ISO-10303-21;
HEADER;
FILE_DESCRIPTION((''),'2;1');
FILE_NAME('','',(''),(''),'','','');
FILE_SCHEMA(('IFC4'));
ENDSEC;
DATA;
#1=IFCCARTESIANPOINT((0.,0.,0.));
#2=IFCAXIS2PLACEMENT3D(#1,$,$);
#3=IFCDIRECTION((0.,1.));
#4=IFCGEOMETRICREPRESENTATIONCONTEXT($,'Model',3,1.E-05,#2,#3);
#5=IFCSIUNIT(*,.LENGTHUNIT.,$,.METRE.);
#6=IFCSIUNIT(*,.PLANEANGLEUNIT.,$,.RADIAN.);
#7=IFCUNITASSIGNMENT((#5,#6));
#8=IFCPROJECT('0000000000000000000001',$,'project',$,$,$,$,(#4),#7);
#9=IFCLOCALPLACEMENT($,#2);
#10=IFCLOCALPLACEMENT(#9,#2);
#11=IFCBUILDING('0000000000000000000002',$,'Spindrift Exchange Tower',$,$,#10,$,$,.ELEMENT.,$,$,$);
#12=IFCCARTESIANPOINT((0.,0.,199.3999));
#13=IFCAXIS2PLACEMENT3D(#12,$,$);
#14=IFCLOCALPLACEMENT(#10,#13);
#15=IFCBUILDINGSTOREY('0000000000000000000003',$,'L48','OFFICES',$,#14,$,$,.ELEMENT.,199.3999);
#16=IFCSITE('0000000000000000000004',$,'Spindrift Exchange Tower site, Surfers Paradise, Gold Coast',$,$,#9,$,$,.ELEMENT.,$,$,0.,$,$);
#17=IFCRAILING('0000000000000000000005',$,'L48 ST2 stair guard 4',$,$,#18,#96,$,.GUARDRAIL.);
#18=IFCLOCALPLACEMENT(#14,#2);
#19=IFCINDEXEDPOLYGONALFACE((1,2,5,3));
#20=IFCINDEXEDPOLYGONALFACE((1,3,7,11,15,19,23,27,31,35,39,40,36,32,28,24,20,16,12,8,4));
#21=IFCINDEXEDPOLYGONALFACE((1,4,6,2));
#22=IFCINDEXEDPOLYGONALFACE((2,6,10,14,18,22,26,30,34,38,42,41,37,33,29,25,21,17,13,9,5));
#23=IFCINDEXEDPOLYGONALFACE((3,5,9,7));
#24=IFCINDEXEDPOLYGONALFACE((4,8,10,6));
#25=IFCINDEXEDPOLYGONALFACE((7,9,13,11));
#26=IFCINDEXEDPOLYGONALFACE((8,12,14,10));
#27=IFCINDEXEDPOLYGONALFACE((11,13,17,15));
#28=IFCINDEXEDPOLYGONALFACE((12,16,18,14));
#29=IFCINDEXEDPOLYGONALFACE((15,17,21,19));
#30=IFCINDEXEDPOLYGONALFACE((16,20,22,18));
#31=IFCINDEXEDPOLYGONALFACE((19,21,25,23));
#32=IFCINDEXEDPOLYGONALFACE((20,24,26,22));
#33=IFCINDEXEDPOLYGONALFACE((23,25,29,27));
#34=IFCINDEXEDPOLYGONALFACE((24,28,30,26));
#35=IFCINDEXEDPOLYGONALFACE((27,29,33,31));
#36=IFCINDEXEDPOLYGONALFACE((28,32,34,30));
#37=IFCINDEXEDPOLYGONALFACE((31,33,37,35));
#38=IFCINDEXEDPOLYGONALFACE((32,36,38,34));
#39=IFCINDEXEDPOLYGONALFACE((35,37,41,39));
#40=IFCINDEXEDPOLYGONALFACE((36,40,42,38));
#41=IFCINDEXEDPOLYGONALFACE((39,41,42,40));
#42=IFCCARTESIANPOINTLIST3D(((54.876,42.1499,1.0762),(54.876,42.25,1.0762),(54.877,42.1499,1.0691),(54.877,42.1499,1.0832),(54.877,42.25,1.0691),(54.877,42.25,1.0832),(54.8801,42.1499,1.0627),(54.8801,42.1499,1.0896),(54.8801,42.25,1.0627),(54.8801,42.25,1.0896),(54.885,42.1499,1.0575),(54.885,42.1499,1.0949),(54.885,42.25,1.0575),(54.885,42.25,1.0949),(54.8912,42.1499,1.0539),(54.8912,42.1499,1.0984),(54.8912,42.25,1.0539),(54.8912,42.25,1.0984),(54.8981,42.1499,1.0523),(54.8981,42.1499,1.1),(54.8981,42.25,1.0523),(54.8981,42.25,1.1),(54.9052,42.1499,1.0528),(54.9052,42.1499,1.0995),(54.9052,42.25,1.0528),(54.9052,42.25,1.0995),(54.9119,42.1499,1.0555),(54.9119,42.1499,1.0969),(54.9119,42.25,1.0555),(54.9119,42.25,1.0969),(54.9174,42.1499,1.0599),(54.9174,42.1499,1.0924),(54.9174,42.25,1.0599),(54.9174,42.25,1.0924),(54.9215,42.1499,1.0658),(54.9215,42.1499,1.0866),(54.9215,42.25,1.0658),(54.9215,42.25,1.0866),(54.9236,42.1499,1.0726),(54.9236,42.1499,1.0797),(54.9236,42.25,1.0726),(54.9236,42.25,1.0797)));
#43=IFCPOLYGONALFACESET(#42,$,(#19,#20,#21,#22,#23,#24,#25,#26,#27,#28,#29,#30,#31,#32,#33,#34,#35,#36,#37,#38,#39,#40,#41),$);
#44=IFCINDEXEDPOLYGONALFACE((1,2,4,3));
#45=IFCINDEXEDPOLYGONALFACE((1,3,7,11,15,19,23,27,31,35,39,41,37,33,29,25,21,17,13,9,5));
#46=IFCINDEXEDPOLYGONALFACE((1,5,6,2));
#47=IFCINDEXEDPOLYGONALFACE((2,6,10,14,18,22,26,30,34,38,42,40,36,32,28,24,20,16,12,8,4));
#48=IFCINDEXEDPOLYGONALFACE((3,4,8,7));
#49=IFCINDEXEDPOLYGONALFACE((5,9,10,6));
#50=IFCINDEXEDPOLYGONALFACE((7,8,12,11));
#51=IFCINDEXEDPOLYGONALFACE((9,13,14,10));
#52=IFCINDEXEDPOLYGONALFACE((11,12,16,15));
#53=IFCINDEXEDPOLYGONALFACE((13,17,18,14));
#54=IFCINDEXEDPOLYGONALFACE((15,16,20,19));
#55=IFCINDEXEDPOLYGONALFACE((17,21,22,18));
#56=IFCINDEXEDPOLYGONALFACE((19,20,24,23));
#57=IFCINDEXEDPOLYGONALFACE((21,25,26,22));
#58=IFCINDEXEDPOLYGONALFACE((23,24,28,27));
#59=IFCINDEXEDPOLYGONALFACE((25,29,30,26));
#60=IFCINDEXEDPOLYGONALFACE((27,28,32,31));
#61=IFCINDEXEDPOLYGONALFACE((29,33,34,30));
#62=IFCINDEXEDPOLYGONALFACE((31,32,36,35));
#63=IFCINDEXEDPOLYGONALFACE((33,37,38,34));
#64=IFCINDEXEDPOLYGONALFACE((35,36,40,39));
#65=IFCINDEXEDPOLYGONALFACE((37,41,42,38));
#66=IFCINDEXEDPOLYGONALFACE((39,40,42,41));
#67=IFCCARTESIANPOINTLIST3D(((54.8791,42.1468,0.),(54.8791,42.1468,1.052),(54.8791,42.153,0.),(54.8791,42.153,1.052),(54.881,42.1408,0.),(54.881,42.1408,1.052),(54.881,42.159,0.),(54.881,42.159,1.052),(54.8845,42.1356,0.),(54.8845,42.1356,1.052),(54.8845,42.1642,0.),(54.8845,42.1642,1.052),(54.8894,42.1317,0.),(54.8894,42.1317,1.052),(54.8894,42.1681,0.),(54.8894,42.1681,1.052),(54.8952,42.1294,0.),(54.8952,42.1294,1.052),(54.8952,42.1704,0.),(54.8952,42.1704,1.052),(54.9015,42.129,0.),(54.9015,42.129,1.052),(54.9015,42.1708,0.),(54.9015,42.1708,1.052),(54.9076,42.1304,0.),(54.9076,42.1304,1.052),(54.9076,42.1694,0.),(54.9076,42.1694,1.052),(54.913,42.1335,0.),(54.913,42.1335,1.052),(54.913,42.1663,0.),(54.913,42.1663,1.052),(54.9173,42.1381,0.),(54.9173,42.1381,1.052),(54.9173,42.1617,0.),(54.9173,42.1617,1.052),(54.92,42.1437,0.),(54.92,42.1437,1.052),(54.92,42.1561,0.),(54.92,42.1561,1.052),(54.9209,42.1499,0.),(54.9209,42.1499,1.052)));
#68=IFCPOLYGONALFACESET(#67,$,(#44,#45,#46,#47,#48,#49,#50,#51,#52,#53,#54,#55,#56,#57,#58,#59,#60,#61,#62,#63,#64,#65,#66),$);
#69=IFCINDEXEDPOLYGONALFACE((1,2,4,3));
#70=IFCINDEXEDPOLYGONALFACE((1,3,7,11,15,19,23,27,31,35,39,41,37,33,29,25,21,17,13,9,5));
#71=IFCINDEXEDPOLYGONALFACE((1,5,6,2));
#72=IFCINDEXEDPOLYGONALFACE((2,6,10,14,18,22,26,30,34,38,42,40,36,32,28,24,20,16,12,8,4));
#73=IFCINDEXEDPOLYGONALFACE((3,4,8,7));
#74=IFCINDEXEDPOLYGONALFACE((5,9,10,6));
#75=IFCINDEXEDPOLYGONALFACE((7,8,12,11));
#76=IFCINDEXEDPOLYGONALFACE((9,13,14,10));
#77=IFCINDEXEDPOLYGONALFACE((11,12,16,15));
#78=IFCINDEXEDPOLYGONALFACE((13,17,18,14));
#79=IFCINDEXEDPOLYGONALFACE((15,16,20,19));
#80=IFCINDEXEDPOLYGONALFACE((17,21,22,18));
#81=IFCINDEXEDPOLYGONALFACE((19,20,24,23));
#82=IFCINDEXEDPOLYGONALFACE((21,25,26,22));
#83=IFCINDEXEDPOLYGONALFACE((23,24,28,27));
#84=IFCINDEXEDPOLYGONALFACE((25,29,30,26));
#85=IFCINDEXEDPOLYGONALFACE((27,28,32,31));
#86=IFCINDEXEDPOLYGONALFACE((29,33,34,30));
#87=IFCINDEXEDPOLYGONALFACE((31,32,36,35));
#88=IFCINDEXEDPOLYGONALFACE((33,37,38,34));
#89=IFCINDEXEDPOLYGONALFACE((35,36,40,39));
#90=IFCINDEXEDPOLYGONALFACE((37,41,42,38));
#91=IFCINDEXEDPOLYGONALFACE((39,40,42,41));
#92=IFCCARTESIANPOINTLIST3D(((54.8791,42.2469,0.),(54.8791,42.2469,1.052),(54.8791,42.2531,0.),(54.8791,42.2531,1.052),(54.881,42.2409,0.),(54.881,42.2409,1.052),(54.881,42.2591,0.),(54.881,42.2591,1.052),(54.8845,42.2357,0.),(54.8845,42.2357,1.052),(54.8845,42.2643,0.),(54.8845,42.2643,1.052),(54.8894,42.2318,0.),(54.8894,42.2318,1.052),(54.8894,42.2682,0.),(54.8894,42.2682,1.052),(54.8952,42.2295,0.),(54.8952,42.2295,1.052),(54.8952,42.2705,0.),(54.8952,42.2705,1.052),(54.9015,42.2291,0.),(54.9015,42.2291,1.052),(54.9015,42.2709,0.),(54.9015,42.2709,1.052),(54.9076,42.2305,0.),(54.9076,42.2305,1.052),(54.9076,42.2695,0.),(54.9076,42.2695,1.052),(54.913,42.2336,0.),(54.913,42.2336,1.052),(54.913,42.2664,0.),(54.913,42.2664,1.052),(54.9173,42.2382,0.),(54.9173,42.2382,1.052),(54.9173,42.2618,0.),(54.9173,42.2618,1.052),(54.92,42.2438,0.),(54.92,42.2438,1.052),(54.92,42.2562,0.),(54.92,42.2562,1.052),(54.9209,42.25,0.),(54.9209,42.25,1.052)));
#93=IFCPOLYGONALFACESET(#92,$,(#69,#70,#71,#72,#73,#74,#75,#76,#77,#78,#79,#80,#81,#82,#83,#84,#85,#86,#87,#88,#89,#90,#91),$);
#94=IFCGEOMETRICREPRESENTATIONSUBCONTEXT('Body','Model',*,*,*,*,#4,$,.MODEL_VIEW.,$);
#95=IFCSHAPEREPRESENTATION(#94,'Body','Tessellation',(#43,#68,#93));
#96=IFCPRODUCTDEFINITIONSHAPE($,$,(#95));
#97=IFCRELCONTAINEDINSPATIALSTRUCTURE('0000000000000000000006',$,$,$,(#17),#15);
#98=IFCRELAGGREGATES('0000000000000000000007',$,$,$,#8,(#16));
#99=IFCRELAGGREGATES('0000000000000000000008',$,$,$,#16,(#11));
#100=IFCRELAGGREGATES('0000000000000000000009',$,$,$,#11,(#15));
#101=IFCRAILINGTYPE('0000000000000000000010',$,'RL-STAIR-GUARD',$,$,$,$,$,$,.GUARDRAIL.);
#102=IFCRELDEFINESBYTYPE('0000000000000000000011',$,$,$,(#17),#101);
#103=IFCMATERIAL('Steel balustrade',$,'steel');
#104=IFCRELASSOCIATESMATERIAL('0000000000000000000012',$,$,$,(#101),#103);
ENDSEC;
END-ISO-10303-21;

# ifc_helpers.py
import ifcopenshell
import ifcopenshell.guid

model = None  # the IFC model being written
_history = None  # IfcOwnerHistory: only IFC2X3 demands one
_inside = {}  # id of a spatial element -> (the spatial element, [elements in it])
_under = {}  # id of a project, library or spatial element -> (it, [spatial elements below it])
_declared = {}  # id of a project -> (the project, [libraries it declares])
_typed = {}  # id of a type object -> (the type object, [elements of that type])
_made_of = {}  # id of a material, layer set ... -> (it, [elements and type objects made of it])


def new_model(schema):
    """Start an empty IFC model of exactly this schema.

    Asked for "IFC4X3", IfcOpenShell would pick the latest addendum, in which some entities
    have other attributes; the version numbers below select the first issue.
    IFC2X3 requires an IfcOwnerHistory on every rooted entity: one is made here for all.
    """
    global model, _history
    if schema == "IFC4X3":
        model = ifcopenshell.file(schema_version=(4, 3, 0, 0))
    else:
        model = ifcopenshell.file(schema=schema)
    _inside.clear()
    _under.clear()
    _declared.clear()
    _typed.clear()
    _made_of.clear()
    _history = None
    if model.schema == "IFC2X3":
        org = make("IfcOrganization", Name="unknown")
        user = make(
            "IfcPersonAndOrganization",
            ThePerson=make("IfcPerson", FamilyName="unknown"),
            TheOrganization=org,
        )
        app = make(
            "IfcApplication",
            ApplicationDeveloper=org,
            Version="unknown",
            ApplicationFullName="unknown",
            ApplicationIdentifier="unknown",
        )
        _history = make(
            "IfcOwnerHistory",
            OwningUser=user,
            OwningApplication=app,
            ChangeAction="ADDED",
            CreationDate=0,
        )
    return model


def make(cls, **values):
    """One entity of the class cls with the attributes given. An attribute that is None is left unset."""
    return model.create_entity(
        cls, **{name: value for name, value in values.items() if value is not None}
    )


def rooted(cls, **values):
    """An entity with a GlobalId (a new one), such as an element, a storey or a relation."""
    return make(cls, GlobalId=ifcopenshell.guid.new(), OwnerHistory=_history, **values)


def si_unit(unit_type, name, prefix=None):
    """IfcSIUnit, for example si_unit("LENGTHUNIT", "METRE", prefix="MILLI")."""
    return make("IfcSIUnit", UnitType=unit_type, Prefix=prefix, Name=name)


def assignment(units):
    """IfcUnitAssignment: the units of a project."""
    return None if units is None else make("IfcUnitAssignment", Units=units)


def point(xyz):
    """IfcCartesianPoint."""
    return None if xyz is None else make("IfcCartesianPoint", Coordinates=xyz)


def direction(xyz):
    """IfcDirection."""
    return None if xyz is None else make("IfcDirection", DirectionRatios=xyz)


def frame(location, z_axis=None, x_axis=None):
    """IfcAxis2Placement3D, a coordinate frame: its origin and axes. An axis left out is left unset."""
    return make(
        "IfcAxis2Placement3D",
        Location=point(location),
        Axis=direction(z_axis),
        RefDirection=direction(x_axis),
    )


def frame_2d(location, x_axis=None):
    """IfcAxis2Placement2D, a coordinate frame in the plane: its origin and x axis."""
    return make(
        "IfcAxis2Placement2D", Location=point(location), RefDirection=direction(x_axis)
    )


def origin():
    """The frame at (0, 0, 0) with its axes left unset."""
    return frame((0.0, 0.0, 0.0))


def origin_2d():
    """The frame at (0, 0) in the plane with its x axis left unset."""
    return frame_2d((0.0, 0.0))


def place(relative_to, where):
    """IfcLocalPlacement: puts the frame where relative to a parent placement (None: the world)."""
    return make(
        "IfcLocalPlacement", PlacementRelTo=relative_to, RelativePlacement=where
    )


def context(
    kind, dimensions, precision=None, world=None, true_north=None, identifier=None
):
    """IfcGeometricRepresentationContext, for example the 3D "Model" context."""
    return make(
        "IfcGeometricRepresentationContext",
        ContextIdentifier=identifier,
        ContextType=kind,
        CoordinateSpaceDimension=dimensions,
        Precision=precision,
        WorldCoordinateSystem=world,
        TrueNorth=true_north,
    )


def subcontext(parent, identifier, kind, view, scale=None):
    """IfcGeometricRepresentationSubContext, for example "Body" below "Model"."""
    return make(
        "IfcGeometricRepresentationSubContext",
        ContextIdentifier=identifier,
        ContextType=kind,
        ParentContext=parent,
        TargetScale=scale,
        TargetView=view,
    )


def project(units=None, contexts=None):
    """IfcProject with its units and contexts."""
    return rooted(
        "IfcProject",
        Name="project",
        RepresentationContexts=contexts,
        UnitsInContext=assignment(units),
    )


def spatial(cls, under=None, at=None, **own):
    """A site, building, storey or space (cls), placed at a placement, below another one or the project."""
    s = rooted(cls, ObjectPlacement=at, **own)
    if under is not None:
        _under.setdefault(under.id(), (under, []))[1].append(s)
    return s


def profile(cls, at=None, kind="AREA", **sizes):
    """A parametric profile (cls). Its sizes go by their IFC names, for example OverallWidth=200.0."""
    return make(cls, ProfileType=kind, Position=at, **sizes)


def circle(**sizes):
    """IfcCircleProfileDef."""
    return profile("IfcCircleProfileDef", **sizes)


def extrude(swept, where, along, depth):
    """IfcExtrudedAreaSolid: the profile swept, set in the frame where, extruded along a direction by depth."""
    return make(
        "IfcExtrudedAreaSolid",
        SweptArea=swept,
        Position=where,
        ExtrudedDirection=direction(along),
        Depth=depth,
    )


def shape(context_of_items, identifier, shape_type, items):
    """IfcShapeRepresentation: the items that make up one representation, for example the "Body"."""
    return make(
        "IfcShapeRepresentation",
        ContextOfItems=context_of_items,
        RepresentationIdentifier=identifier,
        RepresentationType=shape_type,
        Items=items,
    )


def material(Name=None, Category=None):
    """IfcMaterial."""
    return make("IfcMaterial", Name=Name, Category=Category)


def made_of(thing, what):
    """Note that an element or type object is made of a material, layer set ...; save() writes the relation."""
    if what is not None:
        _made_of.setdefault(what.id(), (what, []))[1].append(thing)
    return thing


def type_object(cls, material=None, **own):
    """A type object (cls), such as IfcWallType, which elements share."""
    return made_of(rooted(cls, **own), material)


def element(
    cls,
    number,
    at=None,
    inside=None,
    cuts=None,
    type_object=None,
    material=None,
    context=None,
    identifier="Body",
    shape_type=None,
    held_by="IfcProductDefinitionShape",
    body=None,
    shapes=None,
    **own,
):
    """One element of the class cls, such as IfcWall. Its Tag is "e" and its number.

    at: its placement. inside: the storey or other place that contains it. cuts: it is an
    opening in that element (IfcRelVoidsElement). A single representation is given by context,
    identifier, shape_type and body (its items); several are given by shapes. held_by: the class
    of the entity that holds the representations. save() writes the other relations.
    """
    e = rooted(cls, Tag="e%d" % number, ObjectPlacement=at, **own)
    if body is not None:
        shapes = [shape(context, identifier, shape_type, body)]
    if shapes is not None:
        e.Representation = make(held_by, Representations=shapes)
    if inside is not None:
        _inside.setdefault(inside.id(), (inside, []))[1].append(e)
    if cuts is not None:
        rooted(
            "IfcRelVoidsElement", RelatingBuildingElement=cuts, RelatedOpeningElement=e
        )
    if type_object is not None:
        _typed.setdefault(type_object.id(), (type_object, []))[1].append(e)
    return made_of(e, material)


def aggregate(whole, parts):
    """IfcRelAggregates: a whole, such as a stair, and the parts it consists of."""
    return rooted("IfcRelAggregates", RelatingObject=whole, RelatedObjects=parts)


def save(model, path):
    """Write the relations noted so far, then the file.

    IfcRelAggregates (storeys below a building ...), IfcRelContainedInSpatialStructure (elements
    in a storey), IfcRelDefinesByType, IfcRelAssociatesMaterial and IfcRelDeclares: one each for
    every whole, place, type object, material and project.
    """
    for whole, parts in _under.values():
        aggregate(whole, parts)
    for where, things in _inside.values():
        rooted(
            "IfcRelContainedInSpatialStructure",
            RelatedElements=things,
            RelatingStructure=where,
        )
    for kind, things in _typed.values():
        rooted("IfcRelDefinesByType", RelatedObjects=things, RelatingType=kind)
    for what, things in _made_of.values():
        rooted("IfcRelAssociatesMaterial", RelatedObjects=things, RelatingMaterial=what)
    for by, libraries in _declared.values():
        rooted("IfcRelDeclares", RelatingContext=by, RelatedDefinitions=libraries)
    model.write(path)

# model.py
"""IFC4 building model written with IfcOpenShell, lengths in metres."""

from ifc_helpers import new_model, si_unit, direction, frame, origin, origin_2d, place, context, subcontext, project, spatial, circle, extrude, material, type_object, element, save


model = new_model("IFC4")

# Units and contexts
model_context = context("Model", 3, precision=1e-05, world=origin(), true_north=direction((0.0, 1.0)))
body_context = subcontext(model_context, "Body", "Model", "MODEL_VIEW")
ifc_project = project(units=[si_unit("LENGTHUNIT", "METRE"), si_unit("PLANEANGLEUNIT", "RADIAN")], contexts=[model_context])

# Site, building, storey
site_placement = place(None, origin())
site = spatial("IfcSite", under=ifc_project, at=site_placement, Name="Spindrift Exchange Tower site, Surfers Paradise, Gold Coast", CompositionType="ELEMENT", RefElevation=0.0)
building_placement = place(site_placement, origin())
building = spatial("IfcBuilding", under=site, at=building_placement, Name="Spindrift Exchange Tower", CompositionType="ELEMENT")
storey_placement = place(building_placement, frame((0.0, 0.0, 199.3999)))
storey = spatial("IfcBuildingStorey", under=building, at=storey_placement, Name="L48", Description="OFFICES", CompositionType="ELEMENT", Elevation=199.3999)

# Railing
ifc_material_1 = material(Name="Steel balustrade", Category="steel")
railing_type_1 = type_object("IfcRailingType", Name="RL-STAIR-GUARD", PredefinedType="GUARDRAIL", material=ifc_material_1)
railing_1_placement = place(storey_placement, frame((54.8999, 42.1499, 0.0)))
element("IfcRailing", 1, at=railing_1_placement, inside=storey, type_object=railing_type_1, Name="L48 ST2 stair guard 4", PredefinedType="GUARDRAIL", context=body_context, shape_type="SweptSolid", body=[
    extrude(circle(Radius=0.0239, at=origin_2d()), frame((0.0, 0.0, 1.0762), z_axis=(0.0, 1.0, 0.0), x_axis=(-1.0, 0.0, 0.0)), (0.0, 0.0, 1.0), 0.1001),
    extrude(circle(Radius=0.021, at=origin_2d()), origin(), (0.0, 0.0, 1.0), 1.052),
    extrude(circle(Radius=0.021, at=origin_2d()), frame((0.0, 0.1001, 0.0)), (0.0, 0.0, 1.0), 1.052),
])

save(model, "model.ifc")
